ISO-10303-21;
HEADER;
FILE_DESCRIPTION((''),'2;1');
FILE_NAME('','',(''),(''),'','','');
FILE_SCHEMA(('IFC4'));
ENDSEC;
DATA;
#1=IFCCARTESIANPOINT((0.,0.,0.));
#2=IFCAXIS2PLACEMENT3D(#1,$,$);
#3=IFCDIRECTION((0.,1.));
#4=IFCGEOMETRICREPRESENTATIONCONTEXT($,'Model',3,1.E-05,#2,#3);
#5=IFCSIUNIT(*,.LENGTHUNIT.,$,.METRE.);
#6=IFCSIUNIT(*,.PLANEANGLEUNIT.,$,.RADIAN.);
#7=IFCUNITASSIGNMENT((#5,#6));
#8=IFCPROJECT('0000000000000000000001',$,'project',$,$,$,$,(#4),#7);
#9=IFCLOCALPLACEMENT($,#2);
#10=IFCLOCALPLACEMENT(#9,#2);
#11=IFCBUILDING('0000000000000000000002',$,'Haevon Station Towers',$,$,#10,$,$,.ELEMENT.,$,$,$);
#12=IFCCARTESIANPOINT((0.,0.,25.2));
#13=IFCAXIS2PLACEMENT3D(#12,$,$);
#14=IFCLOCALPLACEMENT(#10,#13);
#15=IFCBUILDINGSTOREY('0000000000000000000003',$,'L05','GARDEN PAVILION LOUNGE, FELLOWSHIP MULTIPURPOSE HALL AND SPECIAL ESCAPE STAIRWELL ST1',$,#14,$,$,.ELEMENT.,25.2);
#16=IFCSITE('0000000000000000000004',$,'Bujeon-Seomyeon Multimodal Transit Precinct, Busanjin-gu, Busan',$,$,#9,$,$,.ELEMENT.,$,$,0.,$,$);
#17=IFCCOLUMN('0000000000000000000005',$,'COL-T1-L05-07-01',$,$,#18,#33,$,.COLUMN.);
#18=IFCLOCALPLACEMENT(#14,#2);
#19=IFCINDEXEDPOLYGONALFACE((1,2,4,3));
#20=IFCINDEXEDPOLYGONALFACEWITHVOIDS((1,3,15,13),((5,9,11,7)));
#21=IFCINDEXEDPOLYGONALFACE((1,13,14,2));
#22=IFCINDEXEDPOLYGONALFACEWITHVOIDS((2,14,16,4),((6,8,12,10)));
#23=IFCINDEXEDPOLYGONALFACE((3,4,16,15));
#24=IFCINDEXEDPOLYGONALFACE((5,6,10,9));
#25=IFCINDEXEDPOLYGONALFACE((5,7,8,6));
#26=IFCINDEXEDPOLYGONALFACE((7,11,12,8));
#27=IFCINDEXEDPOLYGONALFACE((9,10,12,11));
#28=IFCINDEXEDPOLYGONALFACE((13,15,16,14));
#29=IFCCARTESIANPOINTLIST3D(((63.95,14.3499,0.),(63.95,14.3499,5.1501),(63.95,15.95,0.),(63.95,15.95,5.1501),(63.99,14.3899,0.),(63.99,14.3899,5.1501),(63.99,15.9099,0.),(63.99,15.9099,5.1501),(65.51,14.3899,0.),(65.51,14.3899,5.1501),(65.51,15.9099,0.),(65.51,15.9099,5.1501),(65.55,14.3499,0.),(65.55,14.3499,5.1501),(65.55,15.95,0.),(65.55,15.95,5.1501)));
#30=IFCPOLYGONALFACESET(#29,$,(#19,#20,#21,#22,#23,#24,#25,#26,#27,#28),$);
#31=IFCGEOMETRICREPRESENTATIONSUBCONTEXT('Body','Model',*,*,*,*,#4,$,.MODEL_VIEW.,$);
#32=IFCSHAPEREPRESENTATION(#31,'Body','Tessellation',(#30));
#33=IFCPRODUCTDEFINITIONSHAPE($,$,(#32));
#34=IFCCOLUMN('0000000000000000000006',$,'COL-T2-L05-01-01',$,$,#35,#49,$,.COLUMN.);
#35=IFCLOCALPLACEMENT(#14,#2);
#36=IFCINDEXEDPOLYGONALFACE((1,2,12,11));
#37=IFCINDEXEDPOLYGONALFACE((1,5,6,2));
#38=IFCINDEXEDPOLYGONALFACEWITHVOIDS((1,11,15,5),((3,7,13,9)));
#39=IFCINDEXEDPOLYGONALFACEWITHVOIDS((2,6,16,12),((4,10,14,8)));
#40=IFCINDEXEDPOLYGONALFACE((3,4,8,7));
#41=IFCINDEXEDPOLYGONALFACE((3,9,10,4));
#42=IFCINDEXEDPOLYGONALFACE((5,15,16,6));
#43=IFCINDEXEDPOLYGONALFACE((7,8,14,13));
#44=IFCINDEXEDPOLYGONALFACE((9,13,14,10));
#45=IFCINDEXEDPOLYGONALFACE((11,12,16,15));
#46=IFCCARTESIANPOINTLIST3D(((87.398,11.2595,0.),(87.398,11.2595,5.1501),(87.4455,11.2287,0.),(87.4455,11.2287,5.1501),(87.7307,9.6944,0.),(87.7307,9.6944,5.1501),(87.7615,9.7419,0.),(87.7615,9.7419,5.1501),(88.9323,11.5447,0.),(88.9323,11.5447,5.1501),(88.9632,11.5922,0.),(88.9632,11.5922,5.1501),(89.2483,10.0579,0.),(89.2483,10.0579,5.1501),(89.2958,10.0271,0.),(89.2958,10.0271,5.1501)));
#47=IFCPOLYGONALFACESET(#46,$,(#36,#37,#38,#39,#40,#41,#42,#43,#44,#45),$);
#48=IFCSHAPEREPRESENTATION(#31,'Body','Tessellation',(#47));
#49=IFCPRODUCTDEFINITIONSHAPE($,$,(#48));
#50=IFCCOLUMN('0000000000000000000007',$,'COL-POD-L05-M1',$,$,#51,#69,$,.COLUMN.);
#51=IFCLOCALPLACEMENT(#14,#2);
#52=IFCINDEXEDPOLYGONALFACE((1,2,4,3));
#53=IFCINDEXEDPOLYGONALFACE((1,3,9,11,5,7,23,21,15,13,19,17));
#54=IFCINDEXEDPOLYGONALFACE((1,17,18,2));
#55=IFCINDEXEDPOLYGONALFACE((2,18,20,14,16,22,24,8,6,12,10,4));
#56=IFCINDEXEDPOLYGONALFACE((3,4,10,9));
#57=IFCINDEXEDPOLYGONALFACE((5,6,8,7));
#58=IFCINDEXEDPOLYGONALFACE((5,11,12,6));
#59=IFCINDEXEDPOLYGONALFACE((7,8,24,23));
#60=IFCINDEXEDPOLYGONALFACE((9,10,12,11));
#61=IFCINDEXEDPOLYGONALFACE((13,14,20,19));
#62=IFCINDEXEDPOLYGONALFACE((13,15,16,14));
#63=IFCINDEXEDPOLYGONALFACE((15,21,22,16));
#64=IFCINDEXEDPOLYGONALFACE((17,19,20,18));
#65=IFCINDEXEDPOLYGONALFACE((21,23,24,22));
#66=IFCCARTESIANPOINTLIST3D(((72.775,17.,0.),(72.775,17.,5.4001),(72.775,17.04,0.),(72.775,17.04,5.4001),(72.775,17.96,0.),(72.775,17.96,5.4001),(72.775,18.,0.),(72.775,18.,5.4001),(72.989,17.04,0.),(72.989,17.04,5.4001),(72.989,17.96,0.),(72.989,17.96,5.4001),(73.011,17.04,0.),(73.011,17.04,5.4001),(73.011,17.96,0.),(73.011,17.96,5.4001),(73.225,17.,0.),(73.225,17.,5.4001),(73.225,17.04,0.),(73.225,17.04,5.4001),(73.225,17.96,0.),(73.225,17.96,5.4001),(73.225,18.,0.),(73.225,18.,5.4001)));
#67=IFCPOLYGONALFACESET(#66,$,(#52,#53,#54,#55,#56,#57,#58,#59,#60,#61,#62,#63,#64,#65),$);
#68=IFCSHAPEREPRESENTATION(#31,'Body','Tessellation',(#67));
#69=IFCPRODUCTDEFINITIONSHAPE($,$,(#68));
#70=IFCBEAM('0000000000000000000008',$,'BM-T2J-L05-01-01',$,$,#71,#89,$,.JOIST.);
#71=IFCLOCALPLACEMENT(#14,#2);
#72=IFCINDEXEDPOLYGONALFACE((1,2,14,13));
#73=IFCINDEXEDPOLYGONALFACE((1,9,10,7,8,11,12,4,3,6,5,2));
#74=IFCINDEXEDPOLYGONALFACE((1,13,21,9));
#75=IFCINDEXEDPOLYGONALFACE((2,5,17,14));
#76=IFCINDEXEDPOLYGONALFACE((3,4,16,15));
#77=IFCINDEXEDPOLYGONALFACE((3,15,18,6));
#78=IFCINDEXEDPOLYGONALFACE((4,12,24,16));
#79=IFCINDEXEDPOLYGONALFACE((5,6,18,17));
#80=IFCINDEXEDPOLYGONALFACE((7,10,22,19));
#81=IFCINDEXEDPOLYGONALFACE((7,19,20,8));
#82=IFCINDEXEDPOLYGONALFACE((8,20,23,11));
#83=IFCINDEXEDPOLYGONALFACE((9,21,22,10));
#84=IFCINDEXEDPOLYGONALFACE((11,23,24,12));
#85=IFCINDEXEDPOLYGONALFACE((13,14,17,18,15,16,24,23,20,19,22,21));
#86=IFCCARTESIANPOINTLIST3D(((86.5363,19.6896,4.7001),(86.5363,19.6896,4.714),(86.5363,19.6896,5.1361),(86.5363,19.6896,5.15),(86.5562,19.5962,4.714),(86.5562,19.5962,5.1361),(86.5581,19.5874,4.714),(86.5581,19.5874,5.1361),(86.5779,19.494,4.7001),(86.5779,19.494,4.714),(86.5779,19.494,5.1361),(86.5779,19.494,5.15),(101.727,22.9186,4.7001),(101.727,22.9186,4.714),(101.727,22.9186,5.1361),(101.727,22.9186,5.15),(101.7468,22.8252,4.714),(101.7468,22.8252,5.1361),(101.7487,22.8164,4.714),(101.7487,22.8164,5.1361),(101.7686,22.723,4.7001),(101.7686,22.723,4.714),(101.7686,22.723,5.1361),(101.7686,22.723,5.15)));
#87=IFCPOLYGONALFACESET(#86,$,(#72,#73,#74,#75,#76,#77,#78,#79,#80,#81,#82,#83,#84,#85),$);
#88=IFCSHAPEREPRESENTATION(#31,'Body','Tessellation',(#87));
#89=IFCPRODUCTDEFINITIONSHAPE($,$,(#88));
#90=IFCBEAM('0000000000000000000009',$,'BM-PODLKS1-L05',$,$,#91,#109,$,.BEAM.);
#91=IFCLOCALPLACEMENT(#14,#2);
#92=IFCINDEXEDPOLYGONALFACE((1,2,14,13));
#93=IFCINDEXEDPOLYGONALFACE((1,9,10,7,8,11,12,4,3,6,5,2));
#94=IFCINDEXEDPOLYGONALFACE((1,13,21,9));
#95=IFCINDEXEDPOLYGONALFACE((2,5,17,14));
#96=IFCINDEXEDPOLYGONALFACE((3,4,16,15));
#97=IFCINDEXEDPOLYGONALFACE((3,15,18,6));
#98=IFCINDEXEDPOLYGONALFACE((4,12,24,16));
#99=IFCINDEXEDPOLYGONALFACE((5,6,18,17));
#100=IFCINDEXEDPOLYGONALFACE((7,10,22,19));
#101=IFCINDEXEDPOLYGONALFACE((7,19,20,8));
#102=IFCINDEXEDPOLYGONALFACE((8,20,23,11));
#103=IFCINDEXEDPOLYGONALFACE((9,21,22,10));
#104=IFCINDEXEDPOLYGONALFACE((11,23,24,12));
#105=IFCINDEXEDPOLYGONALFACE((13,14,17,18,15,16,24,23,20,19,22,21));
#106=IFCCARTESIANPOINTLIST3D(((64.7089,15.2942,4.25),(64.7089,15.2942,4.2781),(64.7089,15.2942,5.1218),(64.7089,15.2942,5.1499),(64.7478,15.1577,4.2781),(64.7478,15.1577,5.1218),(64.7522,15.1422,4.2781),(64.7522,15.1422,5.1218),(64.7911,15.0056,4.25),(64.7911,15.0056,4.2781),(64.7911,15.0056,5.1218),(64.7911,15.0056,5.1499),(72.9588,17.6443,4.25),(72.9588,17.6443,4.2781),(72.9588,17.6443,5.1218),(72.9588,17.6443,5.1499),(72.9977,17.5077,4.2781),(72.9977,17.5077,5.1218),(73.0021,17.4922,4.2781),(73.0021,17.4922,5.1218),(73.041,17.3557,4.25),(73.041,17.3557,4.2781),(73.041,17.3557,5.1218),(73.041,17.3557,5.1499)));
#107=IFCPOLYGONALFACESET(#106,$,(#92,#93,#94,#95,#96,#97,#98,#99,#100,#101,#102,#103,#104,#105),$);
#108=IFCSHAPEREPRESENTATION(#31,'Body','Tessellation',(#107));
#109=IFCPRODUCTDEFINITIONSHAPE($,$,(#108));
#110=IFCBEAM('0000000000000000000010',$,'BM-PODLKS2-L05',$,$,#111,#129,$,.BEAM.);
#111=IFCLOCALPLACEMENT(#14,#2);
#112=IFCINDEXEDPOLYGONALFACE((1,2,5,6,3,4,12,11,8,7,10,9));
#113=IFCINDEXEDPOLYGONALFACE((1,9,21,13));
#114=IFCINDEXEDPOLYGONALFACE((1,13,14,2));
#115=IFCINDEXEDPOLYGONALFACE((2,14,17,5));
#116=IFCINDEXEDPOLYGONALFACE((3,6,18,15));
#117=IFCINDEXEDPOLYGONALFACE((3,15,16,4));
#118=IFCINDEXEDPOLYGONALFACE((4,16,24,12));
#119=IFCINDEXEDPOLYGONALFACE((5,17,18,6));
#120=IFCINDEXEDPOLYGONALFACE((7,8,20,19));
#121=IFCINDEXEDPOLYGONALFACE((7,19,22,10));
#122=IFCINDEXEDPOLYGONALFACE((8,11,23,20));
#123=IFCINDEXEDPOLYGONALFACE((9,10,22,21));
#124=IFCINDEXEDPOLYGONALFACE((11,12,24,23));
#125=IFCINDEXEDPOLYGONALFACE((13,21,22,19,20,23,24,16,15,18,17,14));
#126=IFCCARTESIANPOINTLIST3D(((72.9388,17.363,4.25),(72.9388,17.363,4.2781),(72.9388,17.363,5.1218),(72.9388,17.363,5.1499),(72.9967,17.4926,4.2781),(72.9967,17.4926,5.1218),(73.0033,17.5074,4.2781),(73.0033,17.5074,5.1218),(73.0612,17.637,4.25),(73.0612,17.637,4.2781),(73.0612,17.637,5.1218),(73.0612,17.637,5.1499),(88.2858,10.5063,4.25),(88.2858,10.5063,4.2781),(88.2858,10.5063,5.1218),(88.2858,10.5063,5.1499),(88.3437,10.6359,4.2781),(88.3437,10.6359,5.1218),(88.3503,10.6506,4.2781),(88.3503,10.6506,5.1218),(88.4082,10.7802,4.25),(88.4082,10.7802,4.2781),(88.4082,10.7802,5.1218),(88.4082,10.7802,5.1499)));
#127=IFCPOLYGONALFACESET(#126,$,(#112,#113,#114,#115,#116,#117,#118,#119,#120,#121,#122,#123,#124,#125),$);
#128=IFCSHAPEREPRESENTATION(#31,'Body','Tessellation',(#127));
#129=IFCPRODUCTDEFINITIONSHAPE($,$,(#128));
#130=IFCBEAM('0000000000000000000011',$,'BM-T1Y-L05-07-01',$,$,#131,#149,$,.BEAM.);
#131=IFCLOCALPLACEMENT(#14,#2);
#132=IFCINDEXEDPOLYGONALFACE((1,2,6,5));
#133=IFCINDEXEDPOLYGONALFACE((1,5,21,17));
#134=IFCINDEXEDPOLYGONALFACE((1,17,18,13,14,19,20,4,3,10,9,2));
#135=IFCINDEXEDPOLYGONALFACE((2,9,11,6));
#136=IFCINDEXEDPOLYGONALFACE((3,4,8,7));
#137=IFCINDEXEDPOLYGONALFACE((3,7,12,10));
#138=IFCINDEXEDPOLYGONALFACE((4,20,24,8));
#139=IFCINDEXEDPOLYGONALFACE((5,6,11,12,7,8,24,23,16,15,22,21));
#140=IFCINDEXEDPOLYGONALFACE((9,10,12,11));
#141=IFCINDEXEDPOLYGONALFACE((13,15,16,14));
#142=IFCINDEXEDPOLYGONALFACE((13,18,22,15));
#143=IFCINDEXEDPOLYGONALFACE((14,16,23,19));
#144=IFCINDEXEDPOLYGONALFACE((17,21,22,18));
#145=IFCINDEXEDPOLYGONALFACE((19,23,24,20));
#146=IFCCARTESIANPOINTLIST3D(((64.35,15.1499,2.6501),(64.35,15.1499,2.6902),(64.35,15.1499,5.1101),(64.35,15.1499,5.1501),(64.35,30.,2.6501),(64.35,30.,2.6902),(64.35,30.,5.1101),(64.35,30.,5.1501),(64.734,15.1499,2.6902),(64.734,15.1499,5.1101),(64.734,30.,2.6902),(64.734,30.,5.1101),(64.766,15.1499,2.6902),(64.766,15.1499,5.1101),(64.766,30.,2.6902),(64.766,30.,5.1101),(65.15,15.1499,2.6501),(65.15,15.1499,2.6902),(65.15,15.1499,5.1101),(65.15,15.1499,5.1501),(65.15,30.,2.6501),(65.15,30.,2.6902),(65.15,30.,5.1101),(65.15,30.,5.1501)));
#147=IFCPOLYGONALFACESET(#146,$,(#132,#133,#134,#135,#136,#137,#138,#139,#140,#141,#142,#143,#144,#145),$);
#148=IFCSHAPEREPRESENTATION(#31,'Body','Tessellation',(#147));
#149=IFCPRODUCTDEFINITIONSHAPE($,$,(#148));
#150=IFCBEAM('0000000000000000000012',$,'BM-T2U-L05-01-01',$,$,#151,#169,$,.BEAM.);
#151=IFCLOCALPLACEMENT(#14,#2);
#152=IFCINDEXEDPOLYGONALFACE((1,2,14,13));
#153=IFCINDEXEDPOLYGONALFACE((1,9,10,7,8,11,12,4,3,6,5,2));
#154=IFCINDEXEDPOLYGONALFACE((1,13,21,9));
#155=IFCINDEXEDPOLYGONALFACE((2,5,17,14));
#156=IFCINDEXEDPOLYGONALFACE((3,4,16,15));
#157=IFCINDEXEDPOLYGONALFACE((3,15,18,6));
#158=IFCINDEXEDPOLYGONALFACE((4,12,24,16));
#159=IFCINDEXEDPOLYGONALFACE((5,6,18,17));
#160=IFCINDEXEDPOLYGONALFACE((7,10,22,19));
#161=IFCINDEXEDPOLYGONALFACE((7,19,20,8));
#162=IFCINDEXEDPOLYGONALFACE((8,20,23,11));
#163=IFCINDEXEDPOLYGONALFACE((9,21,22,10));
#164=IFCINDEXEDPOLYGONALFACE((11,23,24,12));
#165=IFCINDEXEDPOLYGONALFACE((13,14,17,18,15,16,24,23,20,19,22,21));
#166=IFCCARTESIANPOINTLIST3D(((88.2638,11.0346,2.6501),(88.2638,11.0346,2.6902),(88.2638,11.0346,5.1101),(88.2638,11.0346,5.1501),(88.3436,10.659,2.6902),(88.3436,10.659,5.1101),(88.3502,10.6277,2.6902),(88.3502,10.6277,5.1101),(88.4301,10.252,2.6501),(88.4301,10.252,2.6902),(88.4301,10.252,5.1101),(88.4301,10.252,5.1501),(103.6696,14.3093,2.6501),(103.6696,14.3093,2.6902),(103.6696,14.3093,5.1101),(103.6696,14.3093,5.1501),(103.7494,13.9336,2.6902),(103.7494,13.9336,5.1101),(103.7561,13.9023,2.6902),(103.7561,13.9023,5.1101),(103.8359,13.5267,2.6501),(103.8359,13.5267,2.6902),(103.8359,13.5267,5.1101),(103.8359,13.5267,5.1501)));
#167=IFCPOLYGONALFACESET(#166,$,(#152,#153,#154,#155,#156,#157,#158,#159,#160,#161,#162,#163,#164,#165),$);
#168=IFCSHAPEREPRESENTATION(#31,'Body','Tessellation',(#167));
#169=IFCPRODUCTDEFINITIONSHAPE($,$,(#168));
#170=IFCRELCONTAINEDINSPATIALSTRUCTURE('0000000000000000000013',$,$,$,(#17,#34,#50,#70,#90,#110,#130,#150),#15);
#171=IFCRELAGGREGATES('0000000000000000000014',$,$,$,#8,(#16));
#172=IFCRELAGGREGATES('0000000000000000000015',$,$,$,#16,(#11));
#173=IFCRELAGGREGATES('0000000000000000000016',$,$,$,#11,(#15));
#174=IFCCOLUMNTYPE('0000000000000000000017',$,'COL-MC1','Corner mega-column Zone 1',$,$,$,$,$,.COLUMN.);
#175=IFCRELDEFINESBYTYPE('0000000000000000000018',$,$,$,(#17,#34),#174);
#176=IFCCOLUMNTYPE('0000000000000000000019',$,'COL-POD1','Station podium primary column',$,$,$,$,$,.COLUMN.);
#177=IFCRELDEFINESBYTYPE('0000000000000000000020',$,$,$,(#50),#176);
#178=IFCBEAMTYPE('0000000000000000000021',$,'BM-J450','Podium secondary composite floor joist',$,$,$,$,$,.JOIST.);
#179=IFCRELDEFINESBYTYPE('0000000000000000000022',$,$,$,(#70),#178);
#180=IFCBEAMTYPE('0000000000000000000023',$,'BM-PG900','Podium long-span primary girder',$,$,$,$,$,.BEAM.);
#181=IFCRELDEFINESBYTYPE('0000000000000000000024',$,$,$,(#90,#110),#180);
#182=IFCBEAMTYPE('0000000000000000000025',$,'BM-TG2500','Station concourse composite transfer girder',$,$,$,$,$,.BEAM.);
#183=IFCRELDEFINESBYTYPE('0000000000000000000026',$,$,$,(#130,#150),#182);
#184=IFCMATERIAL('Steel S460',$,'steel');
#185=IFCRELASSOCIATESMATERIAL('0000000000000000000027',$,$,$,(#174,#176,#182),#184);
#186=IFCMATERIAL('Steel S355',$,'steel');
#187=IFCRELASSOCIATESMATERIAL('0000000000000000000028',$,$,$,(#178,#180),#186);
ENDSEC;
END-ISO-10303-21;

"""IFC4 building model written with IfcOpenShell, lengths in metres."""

from ifc_helpers import new_model, si_unit, direction, frame, origin, origin_2d, place, context, subcontext, project, spatial, hollow_rectangle, i_section, extrude, material, material_profile, profile_set, type_object, element, save


model = new_model("IFC4")

# Units and contexts
model_context = context("Model", 3, precision=1e-05, world=origin(), true_north=direction((0.0, 1.0)))
body_context = subcontext(model_context, "Body", "Model", "MODEL_VIEW")
ifc_project = project(units=[si_unit("LENGTHUNIT", "METRE"), si_unit("PLANEANGLEUNIT", "RADIAN")], contexts=[model_context])

# Site, building, storey
site_placement = place(None, origin())
site = spatial("IfcSite", under=ifc_project, at=site_placement, Name="Bujeon-Seomyeon Multimodal Transit Precinct, Busanjin-gu, Busan", CompositionType="ELEMENT", RefElevation=0.0)
building_placement = place(site_placement, origin())
building = spatial("IfcBuilding", under=site, at=building_placement, Name="Haevon Station Towers", CompositionType="ELEMENT")
storey_placement = place(building_placement, frame((0.0, 0.0, 25.2)))
storey = spatial("IfcBuildingStorey", under=building, at=storey_placement, Name="L05", Description="GARDEN PAVILION LOUNGE, FELLOWSHIP MULTIPURPOSE HALL AND SPECIAL ESCAPE STAIRWELL ST1", CompositionType="ELEMENT", Elevation=25.2)

# Columns
ifc_material_1 = material(Name="Steel S460", Category="steel")
ifc_material_profile_1 = material_profile(ifc_material_1, hollow_rectangle(XDim=1.6001, YDim=1.6001, WallThickness=0.04, at=origin_2d()), Name="BOX-1600x1600x40")
ifc_profile_set_1 = profile_set([ifc_material_profile_1], Name="Steel S460")
column_type_1 = type_object("IfcColumnType", Name="COL-MC1", Description="Corner mega-column Zone 1", PredefinedType="COLUMN", material=ifc_profile_set_1)
for number, where, z_axis, x_axis, name in (
    (1, (64.75, 15.1499, 0.0), (0.0, 0.0, 1.0), (1.0, 0.0, 0.0), "COL-T1-L05-07-01"),
    (2, (88.3469, 10.6433, 0.0), (0.0, 0.0, 1.0), (0.978148, 0.207912, 0.0), "COL-T2-L05-01-01"),
):
    element("IfcColumn", number, at=place(storey_placement, frame(where, z_axis=z_axis, x_axis=x_axis)), inside=storey, type_object=column_type_1, Name=name, PredefinedType="COLUMN", context=body_context, shape_type="SweptSolid", body=[
        extrude(hollow_rectangle(XDim=1.6001, YDim=1.6001, WallThickness=0.04, at=origin_2d()), origin(), (0.0, 0.0, 1.0), 5.1501),
    ])
ifc_material_profile_2 = material_profile(ifc_material_1, i_section(OverallWidth=0.45, OverallDepth=1.0, WebThickness=0.022, FlangeThickness=0.04, at=origin_2d()), Name="H-1000x450x22x40")
ifc_profile_set_2 = profile_set([ifc_material_profile_2], Name="Steel S460")
column_type_2 = type_object("IfcColumnType", Name="COL-POD1", Description="Station podium primary column", PredefinedType="COLUMN", material=ifc_profile_set_2)
column_placement = place(storey_placement, frame((73.0, 17.5, 0.0), z_axis=(0.0, 0.0, 1.0), x_axis=(1.0, 0.0, 0.0)))
element("IfcColumn", 3, at=column_placement, inside=storey, type_object=column_type_2, Name="COL-POD-L05-M1", PredefinedType="COLUMN", context=body_context, shape_type="SweptSolid", body=[
    extrude(i_section(OverallWidth=0.45, OverallDepth=1.0, WebThickness=0.022, FlangeThickness=0.04, at=origin_2d()), origin(), (0.0, 0.0, 1.0), 5.4001),
])

# Beams
ifc_material_2 = material(Name="Steel S355", Category="steel")
ifc_material_profile_3 = material_profile(ifc_material_2, i_section(OverallWidth=0.2, OverallDepth=0.45, WebThickness=0.009, FlangeThickness=0.0139, at=origin_2d()), Name="H-450x200x9x14")
ifc_profile_set_3 = profile_set([ifc_material_profile_3], Name="Steel S355")
beam_type_1 = type_object("IfcBeamType", Name="BM-J450", Description="Podium secondary composite floor joist", PredefinedType="JOIST", material=ifc_profile_set_3)
beam_1_placement = place(storey_placement, frame((86.5571, 19.5918, 4.925), z_axis=(0.978146, 0.207919, 0.0), x_axis=(-0.207919, 0.978146, 0.0)))
element("IfcBeam", 4, at=beam_1_placement, inside=storey, type_object=beam_type_1, Name="BM-T2J-L05-01-01", PredefinedType="JOIST", context=body_context, shape_type="SweptSolid", body=[
    extrude(i_section(OverallWidth=0.2, OverallDepth=0.45, WebThickness=0.009, FlangeThickness=0.0139, at=origin_2d()), origin(), (0.0, 0.0, 1.0), 15.53),
])
ifc_material_profile_4 = material_profile(ifc_material_2, i_section(OverallWidth=0.3, OverallDepth=0.8999, WebThickness=0.0161, FlangeThickness=0.0281, at=origin_2d()), Name="H-900x300x16x28")
ifc_profile_set_4 = profile_set([ifc_material_profile_4], Name="Steel S355")
beam_type_2 = type_object("IfcBeamType", Name="BM-PG900", Description="Podium long-span primary girder", PredefinedType="BEAM", material=ifc_profile_set_4)
beam_2_placement = place(storey_placement, frame((64.75, 15.1499, 4.7), z_axis=(0.961741, 0.273962, 0.0), x_axis=(-0.273962, 0.961741, 0.0)))
element("IfcBeam", 5, at=beam_2_placement, inside=storey, type_object=beam_type_2, Name="BM-PODLKS1-L05", PredefinedType="BEAM", context=body_context, shape_type="SweptSolid", body=[
    extrude(i_section(OverallWidth=0.3, OverallDepth=0.8999, WebThickness=0.0161, FlangeThickness=0.0281, at=origin_2d()), origin(), (0.0, 0.0, 1.0), 8.5781),
])
beam_3_placement = place(storey_placement, frame((73.0, 17.5, 4.7), z_axis=(0.913019, -0.407918, 0.0), x_axis=(0.407918, 0.913019, 0.0)))
element("IfcBeam", 6, at=beam_3_placement, inside=storey, type_object=beam_type_2, Name="BM-PODLKS2-L05", PredefinedType="BEAM", context=body_context, shape_type="SweptSolid", body=[
    extrude(i_section(OverallWidth=0.3, OverallDepth=0.8999, WebThickness=0.0161, FlangeThickness=0.0281, at=origin_2d()), origin(), (0.0, 0.0, 1.0), 16.8091),
])
ifc_material_profile_5 = material_profile(ifc_material_1, i_section(OverallWidth=0.8, OverallDepth=2.5, WebThickness=0.032, FlangeThickness=0.04, at=origin_2d()), Name="H-2500x800x32x40")
ifc_profile_set_5 = profile_set([ifc_material_profile_5], Name="Steel S460")
beam_type_3 = type_object("IfcBeamType", Name="BM-TG2500", Description="Station concourse composite transfer girder", PredefinedType="BEAM", material=ifc_profile_set_5)
beam_4_placement = place(storey_placement, frame((64.75, 15.1499, 3.9001), z_axis=(0.0, 1.0, 0.0), x_axis=(-1.0, 0.0, 0.0)))
element("IfcBeam", 7, at=beam_4_placement, inside=storey, type_object=beam_type_3, Name="BM-T1Y-L05-07-01", PredefinedType="BEAM", context=body_context, shape_type="SweptSolid", body=[
    extrude(i_section(OverallWidth=0.8, OverallDepth=2.5, WebThickness=0.032, FlangeThickness=0.04, at=origin_2d()), origin(), (0.0, 0.0, 1.0), 14.8501),
])
beam_5_placement = place(storey_placement, frame((88.3469, 10.6433, 3.9001), z_axis=(0.978147, 0.207915, 0.0), x_axis=(-0.207915, 0.978147, 0.0)))
element("IfcBeam", 8, at=beam_5_placement, inside=storey, type_object=beam_type_3, Name="BM-T2U-L05-01-01", PredefinedType="BEAM", context=body_context, shape_type="SweptSolid", body=[
    extrude(i_section(OverallWidth=0.8, OverallDepth=2.5, WebThickness=0.032, FlangeThickness=0.04, at=origin_2d()), origin(), (0.0, 0.0, 1.0), 15.75),
])

save(model, "model.ifc")
